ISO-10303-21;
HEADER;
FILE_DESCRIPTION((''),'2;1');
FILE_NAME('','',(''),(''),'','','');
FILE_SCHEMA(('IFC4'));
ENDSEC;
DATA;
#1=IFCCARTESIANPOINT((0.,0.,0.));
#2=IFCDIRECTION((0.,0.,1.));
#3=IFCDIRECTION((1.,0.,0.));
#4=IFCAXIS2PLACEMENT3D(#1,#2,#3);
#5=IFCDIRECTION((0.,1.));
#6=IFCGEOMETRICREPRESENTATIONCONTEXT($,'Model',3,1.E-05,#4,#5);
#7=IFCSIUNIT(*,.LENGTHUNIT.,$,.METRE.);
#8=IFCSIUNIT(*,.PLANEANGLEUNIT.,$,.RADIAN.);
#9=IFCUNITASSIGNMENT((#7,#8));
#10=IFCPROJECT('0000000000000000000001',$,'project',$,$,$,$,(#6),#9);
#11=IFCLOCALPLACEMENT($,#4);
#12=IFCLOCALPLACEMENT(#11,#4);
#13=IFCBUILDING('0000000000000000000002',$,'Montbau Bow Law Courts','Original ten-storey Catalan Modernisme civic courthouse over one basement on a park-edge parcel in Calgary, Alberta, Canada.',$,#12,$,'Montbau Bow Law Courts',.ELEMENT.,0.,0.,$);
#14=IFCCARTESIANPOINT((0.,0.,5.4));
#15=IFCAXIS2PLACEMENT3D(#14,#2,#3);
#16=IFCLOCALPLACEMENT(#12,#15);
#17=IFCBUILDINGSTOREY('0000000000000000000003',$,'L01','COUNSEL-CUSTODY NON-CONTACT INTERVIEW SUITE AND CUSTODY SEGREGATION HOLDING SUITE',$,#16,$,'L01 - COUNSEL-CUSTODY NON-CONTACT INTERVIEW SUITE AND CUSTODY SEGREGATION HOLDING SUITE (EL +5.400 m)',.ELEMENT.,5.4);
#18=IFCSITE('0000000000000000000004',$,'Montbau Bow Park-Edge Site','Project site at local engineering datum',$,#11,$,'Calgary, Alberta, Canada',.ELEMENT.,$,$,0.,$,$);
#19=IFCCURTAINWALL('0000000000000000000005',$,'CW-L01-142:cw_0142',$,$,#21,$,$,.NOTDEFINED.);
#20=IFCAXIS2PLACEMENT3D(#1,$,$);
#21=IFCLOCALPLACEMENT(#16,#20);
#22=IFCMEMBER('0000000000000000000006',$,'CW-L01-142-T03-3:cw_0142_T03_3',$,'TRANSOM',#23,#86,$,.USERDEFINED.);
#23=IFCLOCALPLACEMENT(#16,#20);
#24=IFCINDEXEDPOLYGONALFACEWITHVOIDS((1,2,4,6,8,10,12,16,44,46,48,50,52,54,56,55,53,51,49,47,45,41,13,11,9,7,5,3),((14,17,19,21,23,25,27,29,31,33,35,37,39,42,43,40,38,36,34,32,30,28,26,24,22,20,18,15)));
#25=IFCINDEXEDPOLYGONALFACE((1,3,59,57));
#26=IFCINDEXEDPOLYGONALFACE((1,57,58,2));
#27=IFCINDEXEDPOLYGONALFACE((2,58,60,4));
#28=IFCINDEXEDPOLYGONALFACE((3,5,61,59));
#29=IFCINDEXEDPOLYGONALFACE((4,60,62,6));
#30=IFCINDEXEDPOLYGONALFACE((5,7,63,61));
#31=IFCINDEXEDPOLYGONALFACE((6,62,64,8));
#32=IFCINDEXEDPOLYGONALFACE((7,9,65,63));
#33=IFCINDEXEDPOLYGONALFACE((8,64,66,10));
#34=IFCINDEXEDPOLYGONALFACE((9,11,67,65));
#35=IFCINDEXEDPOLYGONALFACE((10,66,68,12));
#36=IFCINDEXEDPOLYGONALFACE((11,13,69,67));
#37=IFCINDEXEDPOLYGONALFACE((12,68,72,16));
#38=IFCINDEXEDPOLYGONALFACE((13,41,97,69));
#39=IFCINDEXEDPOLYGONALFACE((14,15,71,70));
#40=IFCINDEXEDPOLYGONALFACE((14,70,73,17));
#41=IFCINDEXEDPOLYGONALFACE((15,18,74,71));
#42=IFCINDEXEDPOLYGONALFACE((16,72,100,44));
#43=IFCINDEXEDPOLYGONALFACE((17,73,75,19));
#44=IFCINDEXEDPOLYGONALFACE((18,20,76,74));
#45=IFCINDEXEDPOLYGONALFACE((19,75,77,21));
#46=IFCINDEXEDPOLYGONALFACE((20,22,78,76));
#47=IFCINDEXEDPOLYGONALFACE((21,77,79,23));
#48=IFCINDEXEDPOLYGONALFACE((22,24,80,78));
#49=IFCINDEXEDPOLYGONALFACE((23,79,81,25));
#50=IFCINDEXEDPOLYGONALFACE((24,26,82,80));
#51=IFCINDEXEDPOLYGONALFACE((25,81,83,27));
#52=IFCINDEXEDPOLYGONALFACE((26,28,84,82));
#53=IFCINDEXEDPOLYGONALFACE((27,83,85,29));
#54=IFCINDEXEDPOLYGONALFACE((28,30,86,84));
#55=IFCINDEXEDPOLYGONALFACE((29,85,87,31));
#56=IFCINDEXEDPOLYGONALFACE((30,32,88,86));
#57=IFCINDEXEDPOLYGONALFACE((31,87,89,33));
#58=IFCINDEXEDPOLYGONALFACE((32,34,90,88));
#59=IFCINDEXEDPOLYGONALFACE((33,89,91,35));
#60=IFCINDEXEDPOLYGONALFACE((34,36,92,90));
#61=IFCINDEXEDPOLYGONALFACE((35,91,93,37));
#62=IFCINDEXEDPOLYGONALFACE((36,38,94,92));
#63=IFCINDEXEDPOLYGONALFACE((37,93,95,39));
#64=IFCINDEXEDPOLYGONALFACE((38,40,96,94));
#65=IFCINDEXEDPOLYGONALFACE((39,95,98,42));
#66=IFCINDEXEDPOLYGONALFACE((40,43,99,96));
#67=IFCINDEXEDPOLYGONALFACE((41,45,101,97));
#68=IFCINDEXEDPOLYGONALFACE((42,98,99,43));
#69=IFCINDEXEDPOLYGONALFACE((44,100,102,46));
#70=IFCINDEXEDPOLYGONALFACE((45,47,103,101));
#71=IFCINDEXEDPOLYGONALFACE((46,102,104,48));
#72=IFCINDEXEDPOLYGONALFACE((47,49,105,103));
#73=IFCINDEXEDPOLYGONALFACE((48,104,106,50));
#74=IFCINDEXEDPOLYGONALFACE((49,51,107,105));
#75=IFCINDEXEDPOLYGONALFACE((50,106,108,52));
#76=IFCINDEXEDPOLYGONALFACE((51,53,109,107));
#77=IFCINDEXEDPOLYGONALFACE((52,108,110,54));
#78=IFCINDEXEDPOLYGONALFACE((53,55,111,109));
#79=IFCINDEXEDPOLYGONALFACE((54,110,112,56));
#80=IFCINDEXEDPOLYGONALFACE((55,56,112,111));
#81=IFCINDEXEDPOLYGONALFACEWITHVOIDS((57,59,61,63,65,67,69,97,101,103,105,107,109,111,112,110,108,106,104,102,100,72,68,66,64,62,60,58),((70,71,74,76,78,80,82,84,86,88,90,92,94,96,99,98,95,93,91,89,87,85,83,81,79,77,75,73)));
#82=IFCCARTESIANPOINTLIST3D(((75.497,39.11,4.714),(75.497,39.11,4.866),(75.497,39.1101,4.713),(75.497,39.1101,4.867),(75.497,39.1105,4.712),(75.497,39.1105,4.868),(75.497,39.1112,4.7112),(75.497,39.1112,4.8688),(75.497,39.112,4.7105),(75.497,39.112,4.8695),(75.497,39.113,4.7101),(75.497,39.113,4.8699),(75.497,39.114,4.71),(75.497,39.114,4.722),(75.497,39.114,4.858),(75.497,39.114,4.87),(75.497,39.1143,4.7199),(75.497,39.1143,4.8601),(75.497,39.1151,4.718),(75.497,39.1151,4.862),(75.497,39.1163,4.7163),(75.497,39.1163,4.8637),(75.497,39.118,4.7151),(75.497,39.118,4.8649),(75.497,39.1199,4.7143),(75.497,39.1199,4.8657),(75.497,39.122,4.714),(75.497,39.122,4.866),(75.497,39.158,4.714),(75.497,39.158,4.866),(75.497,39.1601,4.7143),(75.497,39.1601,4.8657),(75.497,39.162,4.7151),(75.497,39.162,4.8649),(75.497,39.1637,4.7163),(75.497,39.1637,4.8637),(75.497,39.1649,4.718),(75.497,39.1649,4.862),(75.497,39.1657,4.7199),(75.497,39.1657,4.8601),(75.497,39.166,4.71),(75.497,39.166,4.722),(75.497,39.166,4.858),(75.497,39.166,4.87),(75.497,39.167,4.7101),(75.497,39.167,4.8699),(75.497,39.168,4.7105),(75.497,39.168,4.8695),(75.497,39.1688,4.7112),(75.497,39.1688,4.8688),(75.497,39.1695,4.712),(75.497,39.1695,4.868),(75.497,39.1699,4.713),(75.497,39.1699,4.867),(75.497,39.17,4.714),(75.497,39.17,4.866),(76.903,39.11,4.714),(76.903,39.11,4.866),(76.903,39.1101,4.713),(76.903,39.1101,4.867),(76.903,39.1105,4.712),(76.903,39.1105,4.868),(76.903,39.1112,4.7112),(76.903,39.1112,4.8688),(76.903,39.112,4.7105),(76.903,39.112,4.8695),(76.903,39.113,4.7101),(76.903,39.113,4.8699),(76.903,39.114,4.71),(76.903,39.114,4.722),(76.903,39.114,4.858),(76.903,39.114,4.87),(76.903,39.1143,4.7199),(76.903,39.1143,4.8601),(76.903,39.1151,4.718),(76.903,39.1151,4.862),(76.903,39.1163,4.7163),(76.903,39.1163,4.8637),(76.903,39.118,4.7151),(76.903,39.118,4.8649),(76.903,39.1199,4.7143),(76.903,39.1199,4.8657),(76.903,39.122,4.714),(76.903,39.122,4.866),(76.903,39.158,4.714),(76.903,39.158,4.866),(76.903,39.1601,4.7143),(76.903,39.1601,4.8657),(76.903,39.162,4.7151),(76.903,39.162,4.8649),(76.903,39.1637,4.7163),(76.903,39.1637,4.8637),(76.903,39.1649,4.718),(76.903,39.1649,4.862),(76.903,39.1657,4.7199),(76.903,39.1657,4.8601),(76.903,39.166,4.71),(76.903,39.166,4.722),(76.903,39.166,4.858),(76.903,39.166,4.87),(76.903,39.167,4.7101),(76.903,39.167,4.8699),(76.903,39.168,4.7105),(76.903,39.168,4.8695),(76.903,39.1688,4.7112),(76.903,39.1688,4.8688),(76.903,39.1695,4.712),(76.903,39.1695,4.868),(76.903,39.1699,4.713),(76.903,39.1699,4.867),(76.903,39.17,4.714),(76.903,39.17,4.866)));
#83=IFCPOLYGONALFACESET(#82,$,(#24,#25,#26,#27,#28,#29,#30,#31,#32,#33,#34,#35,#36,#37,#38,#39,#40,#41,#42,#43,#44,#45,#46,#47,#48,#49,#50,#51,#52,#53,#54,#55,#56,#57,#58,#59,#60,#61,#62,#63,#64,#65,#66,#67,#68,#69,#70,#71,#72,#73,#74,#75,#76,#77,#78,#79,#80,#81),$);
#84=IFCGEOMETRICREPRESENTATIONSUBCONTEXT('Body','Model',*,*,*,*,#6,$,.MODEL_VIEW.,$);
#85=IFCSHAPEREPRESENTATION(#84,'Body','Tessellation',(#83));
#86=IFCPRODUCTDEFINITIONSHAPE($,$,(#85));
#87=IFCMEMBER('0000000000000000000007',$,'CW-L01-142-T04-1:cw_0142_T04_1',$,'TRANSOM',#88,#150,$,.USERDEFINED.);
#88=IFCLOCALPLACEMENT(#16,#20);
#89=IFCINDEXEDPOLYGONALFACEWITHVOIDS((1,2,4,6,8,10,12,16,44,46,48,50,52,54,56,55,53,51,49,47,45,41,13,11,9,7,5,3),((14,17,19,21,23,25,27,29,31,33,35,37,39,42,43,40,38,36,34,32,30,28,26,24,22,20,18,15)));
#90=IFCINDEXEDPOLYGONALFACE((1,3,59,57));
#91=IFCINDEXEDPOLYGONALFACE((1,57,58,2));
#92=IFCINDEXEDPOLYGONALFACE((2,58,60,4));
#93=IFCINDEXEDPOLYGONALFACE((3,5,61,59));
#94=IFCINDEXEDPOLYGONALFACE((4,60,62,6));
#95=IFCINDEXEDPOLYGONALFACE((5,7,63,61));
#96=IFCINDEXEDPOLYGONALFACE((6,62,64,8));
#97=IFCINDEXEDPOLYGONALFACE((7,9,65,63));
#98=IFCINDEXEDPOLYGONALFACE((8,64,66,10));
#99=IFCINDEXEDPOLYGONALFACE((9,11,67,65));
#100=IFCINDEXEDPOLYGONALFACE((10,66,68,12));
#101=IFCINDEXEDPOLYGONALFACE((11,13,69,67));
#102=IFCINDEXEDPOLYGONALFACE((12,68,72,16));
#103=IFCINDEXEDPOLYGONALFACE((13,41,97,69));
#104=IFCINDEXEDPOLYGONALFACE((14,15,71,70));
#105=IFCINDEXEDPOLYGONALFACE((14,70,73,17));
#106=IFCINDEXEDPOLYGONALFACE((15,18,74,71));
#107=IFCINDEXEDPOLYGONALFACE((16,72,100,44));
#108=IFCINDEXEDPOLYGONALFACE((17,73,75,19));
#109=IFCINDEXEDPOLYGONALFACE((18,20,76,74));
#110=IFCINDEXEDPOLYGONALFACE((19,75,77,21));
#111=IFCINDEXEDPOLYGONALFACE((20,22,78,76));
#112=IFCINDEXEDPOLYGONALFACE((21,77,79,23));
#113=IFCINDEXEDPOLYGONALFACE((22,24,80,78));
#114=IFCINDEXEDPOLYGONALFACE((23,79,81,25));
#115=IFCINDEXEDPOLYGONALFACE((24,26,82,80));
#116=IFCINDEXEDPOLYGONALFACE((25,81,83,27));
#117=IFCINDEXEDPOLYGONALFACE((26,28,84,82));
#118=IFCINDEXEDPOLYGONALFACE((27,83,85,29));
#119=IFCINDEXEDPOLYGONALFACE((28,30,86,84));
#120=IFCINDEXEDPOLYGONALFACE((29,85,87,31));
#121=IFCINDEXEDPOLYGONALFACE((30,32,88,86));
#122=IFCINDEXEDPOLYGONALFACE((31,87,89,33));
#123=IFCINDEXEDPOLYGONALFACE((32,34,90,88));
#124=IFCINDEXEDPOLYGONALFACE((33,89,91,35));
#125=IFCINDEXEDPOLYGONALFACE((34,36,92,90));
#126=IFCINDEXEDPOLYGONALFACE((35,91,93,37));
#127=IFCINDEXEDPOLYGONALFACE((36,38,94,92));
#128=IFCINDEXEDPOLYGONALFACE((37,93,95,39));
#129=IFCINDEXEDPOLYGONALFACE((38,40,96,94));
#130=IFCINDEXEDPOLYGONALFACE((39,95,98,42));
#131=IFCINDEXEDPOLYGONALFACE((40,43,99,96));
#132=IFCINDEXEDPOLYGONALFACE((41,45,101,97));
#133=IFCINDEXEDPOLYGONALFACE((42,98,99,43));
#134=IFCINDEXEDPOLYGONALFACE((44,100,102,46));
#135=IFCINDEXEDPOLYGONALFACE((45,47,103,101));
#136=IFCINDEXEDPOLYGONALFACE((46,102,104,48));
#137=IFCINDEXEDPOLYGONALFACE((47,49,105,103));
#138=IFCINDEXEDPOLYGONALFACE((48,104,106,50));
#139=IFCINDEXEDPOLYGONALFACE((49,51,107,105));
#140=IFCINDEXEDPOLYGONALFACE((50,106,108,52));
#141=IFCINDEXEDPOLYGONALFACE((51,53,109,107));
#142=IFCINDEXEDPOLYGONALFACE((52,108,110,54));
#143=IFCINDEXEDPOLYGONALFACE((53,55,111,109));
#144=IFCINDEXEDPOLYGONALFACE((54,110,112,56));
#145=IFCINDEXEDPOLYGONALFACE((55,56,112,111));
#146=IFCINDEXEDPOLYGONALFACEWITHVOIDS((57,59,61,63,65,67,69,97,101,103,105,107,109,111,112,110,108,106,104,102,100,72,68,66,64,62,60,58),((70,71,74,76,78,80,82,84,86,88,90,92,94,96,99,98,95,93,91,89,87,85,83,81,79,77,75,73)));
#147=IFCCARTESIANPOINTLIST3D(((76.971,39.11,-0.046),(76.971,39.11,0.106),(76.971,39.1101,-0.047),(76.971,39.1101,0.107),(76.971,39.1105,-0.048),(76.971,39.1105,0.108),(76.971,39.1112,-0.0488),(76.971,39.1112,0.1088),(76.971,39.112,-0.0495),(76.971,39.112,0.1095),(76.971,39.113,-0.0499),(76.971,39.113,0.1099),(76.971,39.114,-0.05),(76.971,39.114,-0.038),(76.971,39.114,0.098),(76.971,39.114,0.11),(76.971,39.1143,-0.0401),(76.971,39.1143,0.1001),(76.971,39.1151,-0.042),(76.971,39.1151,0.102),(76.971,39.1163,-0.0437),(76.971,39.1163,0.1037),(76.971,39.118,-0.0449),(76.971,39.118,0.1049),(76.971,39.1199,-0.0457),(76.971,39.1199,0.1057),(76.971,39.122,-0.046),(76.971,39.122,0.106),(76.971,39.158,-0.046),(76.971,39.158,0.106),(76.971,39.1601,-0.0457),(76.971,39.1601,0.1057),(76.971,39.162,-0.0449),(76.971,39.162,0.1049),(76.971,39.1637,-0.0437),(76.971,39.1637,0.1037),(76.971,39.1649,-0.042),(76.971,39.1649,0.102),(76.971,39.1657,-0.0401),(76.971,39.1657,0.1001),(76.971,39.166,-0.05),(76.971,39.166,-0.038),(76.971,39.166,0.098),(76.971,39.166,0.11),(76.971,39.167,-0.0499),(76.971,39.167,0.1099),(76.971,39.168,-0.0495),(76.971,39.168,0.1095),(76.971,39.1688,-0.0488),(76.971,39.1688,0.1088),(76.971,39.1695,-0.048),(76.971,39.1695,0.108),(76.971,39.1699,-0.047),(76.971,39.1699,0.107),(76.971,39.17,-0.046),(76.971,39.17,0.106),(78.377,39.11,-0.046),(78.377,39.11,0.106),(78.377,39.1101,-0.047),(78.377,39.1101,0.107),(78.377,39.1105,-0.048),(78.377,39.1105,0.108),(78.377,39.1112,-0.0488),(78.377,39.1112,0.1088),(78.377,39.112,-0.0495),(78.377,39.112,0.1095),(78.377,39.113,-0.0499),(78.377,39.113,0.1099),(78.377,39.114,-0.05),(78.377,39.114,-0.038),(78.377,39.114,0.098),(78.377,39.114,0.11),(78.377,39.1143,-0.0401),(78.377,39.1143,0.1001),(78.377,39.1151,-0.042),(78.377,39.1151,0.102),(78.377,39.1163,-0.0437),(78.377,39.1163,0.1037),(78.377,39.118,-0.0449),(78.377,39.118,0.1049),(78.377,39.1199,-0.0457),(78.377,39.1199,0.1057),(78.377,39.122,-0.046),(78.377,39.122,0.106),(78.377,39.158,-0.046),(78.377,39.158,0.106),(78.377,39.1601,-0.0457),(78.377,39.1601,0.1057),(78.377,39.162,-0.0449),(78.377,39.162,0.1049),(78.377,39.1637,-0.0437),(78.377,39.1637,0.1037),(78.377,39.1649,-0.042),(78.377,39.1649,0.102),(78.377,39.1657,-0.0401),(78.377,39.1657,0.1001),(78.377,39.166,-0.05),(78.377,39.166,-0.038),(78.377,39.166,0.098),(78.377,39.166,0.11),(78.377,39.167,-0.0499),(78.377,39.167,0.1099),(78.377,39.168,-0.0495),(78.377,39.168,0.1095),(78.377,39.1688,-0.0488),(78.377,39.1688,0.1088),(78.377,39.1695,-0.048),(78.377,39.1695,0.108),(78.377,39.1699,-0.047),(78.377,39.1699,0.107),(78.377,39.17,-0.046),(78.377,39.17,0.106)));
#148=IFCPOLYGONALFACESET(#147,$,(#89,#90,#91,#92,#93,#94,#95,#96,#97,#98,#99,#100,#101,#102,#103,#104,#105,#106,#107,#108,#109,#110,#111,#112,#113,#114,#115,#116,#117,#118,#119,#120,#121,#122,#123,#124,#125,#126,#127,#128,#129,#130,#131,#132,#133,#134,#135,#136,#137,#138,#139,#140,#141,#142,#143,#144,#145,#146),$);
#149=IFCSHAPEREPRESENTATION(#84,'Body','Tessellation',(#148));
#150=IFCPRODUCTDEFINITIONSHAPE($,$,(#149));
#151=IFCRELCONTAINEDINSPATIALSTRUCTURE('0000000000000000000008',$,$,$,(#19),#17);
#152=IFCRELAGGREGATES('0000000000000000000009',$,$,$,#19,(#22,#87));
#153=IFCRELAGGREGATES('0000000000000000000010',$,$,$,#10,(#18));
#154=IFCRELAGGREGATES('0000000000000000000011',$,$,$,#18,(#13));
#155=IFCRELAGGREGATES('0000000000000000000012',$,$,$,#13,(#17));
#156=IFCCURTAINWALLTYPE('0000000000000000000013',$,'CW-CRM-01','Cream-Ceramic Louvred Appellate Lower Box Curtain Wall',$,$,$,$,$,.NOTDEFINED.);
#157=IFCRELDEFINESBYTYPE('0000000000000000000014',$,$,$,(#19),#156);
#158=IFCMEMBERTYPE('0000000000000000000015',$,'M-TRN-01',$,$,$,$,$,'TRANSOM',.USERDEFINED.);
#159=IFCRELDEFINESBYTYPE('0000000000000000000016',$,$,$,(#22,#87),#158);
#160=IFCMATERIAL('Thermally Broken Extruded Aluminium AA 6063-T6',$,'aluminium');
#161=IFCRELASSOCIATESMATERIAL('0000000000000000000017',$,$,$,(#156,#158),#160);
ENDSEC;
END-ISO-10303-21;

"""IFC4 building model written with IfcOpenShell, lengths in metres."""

from ifc_helpers import new_model, si_unit, direction, frame, origin_with_axes, origin_2d_with_axis, place, context, subcontext, project, spatial, hollow_rectangle, extrude, material, material_profile, profile_set, type_object, element, aggregate, save


model = new_model("IFC4")

# Units and contexts
model_context = context("Model", 3, precision=1e-05, world=origin_with_axes(), true_north=direction((0.0, 1.0)))
body_context = subcontext(model_context, "Body", "Model", "MODEL_VIEW")
ifc_project = project(units=[si_unit("LENGTHUNIT", "METRE"), si_unit("PLANEANGLEUNIT", "RADIAN")], contexts=[model_context])

# Site, building, storey
site_placement = place(None, origin_with_axes())
site = spatial("IfcSite", under=ifc_project, at=site_placement, Name="Montbau Bow Park-Edge Site", Description="Project site at local engineering datum", LongName="Calgary, Alberta, Canada", CompositionType="ELEMENT", RefElevation=0.0)
building_placement = place(site_placement, origin_with_axes())
building = spatial("IfcBuilding", under=site, at=building_placement, Name="Montbau Bow Law Courts", Description="Original ten-storey Catalan Modernisme civic courthouse over one basement on a park-edge parcel in Calgary, Alberta, Canada.", LongName="Montbau Bow Law Courts", CompositionType="ELEMENT", ElevationOfRefHeight=0.0, ElevationOfTerrain=0.0)
storey_placement = place(building_placement, frame((0.0, 0.0, 5.4), z_axis=(0.0, 0.0, 1.0), x_axis=(1.0, 0.0, 0.0)))
storey = spatial("IfcBuildingStorey", under=building, at=storey_placement, Name="L01", Description="COUNSEL-CUSTODY NON-CONTACT INTERVIEW SUITE AND CUSTODY SEGREGATION HOLDING SUITE", LongName="L01 - COUNSEL-CUSTODY NON-CONTACT INTERVIEW SUITE AND CUSTODY SEGREGATION HOLDING SUITE (EL +5.400 m)", CompositionType="ELEMENT", Elevation=5.4)

# Curtain wall, members
ifc_material_1 = material(Name="Thermally Broken Extruded Aluminium AA 6063-T6", Category="aluminium")
curtain_wall_type = type_object("IfcCurtainWallType", Name="CW-CRM-01", Description="Cream-Ceramic Louvred Appellate Lower Box Curtain Wall", PredefinedType="NOTDEFINED", material=ifc_material_1)
curtain_wall_placement = place(None, frame((72.515, 39.14, 5.4), z_axis=(0.0, 0.0, 1.0), x_axis=(1.0, 0.0, 0.0)))
curtain_wall = element("IfcCurtainWall", 1, at=curtain_wall_placement, inside=storey, type_object=curtain_wall_type, Name="CW-L01-142:cw_0142", PredefinedType="NOTDEFINED")
ifc_material_profile_1 = material_profile(ifc_material_1, hollow_rectangle(XDim=0.06, YDim=0.16, WallThickness=0.004, InnerFilletRadius=0.008, OuterFilletRadius=0.004, at=origin_2d_with_axis()), Name="CWT-160X60", Category="Main", Priority=0)
ifc_profile_set_1 = profile_set([ifc_material_profile_1], Name="Thermally Broken Extruded Aluminium AA 6063-T6")
member_type_1 = type_object("IfcMemberType", Name="M-TRN-01", ElementType="TRANSOM", PredefinedType="USERDEFINED", material=ifc_profile_set_1)
member_1_placement = place(None, frame((75.497, 39.14, 10.19), z_axis=(1.0, 0.0, 0.0), x_axis=(0.0, 1.0, 0.0)))
member_1 = element("IfcMember", 2, at=member_1_placement, type_object=member_type_1, Name="CW-L01-142-T03-3:cw_0142_T03_3", ObjectType="TRANSOM", PredefinedType="USERDEFINED", context=body_context, shape_type="SweptSolid", body=[
    extrude(hollow_rectangle(XDim=0.06, YDim=0.16, WallThickness=0.004, InnerFilletRadius=0.008, OuterFilletRadius=0.004, at=origin_2d_with_axis()), origin_with_axes(), (0.0, 0.0, 1.0), 1.406),
])
member_2_placement = place(None, frame((76.971, 39.14, 5.43), z_axis=(1.0, 0.0, 0.0), x_axis=(0.0, 1.0, 0.0)))
member_2 = element("IfcMember", 3, at=member_2_placement, type_object=member_type_1, Name="CW-L01-142-T04-1:cw_0142_T04_1", ObjectType="TRANSOM", PredefinedType="USERDEFINED", context=body_context, shape_type="SweptSolid", body=[
    extrude(hollow_rectangle(XDim=0.06, YDim=0.16, WallThickness=0.004, InnerFilletRadius=0.008, OuterFilletRadius=0.004, at=origin_2d_with_axis()), origin_with_axes(), (0.0, 0.0, 1.0), 1.406),
])
aggregate(curtain_wall, [member_1, member_2])

save(model, "model.ifc")
